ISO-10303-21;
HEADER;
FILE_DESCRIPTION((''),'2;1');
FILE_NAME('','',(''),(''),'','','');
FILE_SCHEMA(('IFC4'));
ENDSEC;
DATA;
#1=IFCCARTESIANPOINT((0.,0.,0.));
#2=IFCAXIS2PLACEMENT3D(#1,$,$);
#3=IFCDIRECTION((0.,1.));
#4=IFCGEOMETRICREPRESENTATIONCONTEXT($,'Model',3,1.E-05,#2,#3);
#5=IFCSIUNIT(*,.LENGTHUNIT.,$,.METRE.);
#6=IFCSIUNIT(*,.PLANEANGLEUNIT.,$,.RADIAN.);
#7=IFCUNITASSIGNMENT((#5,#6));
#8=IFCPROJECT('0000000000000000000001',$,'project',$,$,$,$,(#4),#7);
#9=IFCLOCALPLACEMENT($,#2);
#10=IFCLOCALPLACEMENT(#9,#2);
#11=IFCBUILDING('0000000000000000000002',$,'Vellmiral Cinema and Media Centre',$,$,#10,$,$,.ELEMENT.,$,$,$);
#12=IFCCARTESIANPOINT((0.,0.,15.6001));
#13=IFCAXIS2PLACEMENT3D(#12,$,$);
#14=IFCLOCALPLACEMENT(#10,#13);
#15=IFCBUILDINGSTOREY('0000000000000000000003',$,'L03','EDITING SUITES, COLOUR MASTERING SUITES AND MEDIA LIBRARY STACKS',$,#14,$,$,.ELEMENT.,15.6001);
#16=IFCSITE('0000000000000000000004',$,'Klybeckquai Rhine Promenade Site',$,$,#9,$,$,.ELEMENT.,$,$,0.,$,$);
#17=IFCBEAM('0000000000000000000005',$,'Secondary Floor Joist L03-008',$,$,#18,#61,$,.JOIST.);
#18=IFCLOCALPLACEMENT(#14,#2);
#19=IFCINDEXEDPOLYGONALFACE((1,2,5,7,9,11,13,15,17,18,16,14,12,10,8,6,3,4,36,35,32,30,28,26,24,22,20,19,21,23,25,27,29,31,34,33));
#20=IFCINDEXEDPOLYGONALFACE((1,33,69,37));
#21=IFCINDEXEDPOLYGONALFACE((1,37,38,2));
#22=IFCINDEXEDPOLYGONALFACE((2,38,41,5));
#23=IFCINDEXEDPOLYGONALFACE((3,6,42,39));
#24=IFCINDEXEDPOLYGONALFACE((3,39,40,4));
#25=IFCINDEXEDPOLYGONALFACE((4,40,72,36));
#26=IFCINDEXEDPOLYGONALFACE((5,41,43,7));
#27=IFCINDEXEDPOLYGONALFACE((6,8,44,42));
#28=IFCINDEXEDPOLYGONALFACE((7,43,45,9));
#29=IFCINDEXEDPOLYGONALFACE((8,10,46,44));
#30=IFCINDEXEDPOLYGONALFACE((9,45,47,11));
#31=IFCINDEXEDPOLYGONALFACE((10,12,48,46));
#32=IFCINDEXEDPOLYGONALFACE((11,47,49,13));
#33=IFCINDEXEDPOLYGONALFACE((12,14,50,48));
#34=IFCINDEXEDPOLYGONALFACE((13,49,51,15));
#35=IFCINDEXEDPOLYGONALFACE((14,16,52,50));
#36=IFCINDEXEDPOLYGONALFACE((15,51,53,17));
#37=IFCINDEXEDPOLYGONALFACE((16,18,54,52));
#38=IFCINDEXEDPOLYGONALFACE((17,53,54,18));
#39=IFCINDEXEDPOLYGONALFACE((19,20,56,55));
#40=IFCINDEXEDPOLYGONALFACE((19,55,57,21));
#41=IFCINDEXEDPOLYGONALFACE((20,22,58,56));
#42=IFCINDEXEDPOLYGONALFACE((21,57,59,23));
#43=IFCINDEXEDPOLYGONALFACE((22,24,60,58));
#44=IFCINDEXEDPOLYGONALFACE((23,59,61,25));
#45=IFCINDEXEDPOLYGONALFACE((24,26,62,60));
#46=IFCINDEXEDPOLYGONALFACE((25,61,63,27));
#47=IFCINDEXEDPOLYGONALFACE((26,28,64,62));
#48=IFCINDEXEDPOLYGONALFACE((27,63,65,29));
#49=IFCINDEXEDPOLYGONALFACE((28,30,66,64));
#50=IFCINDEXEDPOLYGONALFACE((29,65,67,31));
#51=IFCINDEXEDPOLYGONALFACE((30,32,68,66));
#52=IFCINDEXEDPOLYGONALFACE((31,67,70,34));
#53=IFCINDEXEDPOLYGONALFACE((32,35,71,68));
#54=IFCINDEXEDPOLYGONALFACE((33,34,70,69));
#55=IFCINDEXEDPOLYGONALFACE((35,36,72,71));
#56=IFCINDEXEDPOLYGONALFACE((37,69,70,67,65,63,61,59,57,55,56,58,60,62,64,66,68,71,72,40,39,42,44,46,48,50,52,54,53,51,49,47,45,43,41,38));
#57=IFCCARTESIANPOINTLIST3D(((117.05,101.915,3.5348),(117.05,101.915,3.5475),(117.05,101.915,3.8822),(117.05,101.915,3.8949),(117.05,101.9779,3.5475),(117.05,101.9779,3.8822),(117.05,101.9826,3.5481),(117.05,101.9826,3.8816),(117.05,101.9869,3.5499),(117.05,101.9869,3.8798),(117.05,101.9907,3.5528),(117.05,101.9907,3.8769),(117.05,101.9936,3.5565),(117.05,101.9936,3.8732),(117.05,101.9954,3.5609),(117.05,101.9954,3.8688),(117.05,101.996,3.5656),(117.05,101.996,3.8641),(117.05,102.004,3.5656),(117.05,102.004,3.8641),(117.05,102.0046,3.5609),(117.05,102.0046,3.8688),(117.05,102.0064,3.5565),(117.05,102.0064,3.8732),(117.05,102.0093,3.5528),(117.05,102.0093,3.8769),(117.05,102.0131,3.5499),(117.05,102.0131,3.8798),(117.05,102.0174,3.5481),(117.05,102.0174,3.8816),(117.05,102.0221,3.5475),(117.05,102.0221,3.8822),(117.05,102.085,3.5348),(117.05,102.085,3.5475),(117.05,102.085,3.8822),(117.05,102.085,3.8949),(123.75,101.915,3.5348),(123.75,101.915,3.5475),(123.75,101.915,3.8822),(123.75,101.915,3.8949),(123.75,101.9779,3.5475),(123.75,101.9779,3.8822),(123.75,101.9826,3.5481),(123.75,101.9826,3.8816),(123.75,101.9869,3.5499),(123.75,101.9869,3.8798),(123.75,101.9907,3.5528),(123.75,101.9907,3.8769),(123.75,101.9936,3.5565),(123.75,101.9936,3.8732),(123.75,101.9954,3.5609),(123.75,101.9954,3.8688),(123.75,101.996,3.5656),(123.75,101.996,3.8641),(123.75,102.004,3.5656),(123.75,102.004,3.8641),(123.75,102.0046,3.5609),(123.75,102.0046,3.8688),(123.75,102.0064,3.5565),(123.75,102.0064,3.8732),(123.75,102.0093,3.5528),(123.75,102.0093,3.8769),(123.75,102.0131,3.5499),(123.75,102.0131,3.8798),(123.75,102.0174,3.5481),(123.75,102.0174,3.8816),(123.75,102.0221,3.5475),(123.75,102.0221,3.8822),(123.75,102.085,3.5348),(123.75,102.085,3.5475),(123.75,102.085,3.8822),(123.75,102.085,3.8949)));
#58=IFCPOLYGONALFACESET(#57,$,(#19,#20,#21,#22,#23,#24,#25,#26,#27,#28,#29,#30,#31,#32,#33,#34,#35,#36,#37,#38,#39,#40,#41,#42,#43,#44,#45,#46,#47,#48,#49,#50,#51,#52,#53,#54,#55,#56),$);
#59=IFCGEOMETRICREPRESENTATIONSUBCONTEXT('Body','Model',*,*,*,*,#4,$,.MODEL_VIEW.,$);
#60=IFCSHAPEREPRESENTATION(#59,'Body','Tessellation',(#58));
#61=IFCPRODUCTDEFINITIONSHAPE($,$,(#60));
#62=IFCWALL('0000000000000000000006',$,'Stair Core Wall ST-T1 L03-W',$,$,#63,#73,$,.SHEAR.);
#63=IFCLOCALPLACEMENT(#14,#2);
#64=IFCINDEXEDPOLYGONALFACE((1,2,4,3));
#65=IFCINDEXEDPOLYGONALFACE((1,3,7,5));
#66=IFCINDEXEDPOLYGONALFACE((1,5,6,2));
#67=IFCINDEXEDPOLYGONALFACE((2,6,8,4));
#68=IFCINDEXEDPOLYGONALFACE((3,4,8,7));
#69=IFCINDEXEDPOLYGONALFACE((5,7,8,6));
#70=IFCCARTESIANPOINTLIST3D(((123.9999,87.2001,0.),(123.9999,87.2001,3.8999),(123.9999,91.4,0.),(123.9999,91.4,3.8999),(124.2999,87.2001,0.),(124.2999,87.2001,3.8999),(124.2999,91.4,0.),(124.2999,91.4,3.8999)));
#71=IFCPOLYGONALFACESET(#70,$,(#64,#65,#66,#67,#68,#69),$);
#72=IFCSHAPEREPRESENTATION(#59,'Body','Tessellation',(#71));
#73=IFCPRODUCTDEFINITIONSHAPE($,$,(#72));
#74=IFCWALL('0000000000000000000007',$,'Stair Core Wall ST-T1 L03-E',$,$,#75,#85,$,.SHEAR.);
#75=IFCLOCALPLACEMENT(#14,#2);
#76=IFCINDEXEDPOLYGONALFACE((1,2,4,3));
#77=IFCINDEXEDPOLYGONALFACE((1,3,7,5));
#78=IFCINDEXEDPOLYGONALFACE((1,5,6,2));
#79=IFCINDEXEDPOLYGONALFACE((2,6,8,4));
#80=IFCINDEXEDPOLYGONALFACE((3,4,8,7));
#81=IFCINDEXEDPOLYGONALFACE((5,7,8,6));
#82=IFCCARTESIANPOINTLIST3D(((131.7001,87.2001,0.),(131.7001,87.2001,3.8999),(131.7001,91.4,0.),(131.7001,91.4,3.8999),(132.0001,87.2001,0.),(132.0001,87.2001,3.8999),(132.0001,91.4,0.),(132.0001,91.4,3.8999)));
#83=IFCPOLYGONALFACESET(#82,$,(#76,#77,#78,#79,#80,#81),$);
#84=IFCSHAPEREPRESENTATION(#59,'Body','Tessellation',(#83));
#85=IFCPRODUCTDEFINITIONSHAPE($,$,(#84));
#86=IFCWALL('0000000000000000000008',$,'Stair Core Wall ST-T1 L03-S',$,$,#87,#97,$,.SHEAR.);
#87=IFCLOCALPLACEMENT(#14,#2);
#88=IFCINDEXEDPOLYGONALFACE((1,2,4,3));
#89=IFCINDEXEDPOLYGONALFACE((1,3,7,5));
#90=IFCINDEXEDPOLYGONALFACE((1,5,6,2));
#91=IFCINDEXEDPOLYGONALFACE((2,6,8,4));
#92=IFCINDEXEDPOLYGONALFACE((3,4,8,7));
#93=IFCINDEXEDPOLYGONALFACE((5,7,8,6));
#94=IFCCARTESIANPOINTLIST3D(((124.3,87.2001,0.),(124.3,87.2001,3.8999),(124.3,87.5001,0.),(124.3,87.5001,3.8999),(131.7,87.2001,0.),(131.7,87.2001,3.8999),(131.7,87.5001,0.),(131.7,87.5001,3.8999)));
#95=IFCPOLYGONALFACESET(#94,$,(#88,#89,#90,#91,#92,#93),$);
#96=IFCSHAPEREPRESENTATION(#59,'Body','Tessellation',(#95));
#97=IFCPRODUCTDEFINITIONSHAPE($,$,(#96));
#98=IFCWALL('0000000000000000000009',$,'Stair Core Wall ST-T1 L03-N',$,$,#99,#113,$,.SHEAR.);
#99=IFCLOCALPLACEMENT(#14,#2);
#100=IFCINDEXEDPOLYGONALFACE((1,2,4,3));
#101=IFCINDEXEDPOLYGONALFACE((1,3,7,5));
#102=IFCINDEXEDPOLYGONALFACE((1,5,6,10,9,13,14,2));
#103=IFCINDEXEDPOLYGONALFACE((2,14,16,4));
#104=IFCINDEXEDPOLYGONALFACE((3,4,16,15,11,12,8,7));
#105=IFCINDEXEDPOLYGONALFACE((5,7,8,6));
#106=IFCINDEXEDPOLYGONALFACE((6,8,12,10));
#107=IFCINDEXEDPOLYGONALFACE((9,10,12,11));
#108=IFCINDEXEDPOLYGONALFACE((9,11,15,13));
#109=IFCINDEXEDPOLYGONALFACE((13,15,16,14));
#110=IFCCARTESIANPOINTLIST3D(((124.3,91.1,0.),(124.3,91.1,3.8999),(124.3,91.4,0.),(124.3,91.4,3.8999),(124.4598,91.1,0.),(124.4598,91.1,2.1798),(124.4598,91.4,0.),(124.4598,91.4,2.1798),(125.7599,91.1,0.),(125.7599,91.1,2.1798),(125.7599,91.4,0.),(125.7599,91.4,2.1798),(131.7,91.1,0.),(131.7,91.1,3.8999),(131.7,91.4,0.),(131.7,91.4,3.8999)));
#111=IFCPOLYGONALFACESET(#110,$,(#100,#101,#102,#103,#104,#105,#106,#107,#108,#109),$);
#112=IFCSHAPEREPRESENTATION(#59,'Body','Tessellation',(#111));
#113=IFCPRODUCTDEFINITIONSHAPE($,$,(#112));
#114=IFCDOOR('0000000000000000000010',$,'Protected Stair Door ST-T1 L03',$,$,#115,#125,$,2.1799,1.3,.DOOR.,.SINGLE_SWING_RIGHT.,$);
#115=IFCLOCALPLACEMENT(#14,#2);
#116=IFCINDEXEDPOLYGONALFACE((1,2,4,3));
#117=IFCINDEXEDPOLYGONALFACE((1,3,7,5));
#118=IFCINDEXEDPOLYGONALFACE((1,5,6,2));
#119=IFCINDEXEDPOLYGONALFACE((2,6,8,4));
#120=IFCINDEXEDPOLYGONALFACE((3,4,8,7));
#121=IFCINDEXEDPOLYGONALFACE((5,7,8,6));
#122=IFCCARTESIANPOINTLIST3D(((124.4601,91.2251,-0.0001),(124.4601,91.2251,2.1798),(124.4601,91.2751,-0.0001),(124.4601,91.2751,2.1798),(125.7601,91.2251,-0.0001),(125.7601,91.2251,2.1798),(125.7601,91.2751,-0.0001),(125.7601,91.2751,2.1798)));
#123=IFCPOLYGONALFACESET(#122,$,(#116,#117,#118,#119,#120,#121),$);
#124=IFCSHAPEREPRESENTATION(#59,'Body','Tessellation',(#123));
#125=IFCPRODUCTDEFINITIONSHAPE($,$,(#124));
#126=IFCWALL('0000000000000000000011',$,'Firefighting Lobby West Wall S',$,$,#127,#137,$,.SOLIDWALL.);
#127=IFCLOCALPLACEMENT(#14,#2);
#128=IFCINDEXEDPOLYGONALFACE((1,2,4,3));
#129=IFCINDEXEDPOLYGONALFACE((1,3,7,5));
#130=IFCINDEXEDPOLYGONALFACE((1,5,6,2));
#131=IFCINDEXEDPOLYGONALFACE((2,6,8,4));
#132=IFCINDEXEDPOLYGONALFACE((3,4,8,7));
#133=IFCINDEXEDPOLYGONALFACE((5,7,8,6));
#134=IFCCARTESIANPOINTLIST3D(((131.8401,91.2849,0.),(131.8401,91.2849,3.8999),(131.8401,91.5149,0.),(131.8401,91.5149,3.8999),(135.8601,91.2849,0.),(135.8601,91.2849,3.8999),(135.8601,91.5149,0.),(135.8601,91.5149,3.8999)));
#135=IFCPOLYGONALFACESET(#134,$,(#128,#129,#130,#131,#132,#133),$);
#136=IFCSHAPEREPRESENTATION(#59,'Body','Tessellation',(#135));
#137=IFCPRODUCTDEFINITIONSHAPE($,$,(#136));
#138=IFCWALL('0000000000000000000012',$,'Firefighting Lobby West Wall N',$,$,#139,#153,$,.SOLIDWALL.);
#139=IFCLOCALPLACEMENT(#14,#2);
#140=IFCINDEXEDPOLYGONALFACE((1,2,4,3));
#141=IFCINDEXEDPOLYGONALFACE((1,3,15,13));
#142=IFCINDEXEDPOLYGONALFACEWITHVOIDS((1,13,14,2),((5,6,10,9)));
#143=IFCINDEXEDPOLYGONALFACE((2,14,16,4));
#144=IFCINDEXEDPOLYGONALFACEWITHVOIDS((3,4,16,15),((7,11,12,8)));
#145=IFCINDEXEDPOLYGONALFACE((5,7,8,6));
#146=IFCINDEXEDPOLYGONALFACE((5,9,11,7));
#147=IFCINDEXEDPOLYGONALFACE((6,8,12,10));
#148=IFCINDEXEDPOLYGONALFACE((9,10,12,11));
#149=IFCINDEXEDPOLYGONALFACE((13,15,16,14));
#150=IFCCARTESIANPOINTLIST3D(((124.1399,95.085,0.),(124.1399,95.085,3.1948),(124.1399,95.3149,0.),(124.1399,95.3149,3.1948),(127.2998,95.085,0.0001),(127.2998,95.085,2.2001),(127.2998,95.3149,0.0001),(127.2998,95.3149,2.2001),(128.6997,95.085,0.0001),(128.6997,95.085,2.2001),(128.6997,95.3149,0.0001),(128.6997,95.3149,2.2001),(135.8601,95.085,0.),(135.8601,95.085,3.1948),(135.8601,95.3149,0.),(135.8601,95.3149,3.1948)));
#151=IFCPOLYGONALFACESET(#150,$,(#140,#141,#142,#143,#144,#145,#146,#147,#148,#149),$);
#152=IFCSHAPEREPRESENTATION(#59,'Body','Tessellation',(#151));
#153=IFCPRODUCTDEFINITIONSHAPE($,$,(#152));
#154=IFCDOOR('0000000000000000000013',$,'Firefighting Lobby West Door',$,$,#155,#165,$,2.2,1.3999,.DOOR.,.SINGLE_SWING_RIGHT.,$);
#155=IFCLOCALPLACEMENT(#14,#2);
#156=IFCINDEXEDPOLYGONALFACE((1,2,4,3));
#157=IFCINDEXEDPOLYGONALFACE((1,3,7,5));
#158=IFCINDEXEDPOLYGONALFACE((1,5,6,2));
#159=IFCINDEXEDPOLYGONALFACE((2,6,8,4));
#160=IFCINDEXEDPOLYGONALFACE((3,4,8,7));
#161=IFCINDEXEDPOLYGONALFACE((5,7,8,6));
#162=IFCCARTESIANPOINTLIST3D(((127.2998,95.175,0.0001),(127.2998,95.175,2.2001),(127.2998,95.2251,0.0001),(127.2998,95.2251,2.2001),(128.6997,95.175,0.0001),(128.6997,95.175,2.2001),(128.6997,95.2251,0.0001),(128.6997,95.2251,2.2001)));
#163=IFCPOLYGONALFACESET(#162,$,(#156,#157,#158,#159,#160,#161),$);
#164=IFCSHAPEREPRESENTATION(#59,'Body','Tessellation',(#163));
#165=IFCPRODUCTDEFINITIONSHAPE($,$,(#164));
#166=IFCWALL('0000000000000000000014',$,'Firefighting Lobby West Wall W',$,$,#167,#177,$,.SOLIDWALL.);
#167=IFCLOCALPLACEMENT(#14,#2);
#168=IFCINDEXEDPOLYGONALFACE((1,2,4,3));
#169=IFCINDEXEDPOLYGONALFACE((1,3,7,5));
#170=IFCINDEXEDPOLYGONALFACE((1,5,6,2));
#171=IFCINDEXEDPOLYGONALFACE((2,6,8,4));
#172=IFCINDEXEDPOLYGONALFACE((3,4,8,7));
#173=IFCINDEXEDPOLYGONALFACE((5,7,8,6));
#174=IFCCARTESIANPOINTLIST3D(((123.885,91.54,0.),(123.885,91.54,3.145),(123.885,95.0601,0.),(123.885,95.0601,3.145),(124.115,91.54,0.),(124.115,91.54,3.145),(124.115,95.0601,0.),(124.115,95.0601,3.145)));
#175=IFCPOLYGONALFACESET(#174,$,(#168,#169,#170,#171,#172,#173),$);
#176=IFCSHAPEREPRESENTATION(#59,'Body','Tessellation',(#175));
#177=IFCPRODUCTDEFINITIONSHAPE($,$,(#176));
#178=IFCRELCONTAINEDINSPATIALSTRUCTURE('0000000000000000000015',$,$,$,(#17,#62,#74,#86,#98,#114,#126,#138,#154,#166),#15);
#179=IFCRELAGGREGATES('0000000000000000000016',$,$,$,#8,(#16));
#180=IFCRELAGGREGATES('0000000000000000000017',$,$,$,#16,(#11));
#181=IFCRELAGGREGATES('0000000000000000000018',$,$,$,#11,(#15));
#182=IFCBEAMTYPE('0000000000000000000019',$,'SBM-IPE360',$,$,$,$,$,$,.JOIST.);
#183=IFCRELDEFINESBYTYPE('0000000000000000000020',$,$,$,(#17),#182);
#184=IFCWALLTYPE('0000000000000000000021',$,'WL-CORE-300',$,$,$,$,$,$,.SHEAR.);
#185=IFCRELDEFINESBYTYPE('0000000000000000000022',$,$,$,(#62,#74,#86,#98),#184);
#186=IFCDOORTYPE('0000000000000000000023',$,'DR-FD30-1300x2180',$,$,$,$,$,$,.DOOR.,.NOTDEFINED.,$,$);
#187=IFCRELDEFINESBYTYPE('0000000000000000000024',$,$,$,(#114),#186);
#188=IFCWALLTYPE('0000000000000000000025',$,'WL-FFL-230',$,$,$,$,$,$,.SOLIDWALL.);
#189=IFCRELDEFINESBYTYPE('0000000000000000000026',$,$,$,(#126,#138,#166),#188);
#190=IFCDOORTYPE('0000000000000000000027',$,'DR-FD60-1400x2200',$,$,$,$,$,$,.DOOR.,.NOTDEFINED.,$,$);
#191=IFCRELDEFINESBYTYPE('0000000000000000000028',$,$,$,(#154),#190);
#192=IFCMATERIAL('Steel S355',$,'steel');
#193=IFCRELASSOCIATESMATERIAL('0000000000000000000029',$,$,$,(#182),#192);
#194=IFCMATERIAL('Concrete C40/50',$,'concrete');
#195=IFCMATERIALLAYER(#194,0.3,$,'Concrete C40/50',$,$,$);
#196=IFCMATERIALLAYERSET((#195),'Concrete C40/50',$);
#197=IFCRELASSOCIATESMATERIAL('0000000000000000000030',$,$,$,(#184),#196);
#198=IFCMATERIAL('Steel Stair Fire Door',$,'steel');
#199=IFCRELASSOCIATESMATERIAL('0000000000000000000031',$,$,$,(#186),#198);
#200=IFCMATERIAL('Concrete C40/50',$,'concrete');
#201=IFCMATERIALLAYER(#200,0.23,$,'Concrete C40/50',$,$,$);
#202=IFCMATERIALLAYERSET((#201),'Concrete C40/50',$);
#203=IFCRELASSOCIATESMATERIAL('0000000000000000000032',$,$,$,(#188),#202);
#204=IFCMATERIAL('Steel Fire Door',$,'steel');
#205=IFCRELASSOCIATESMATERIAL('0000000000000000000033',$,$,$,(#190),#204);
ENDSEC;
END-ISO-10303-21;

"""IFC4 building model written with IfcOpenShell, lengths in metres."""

from ifc_helpers import new_model, si_unit, direction, frame, frame_2d, origin, origin_2d, place, context, subcontext, project, spatial, rectangle, i_section, extrude, material, layer, layer_set, material_profile, profile_set, type_object, element, fill, save


model = new_model("IFC4")

# Units and contexts
model_context = context("Model", 3, precision=1e-05, world=origin(), true_north=direction((0.0, 1.0)))
body_context = subcontext(model_context, "Body", "Model", "MODEL_VIEW")
ifc_project = project(units=[si_unit("LENGTHUNIT", "METRE"), si_unit("PLANEANGLEUNIT", "RADIAN")], contexts=[model_context])

# Site, building, storey
site_placement = place(None, origin())
site = spatial("IfcSite", under=ifc_project, at=site_placement, Name="Klybeckquai Rhine Promenade Site", CompositionType="ELEMENT", RefElevation=0.0)
building_placement = place(site_placement, origin())
building = spatial("IfcBuilding", under=site, at=building_placement, Name="Vellmiral Cinema and Media Centre", CompositionType="ELEMENT")
storey_placement = place(building_placement, frame((0.0, 0.0, 15.6001)))
storey = spatial("IfcBuildingStorey", under=building, at=storey_placement, Name="L03", Description="EDITING SUITES, COLOUR MASTERING SUITES AND MEDIA LIBRARY STACKS", CompositionType="ELEMENT", Elevation=15.6001)

# Beam
ifc_material_1 = material(Name="Steel S355", Category="steel")
ifc_material_profile_1 = material_profile(ifc_material_1, i_section(OverallWidth=0.1699, OverallDepth=0.3601, WebThickness=0.0081, FlangeThickness=0.0127, FilletRadius=0.0181, at=origin_2d()), Name="IPE 360")
ifc_profile_set_1 = profile_set([ifc_material_profile_1], Name="Steel S355")
beam_type_1 = type_object("IfcBeamType", Name="SBM-IPE360", PredefinedType="JOIST", material=ifc_profile_set_1)
beam_1_placement = place(storey_placement, frame((117.05, 102.0, 3.7148), z_axis=(1.0, 0.0, 0.0), x_axis=(0.0, 1.0, 0.0)))
element("IfcBeam", 1, at=beam_1_placement, inside=storey, type_object=beam_type_1, Name="Secondary Floor Joist L03-008", PredefinedType="JOIST", context=body_context, shape_type="SweptSolid", body=[
    extrude(i_section(OverallWidth=0.1699, OverallDepth=0.3601, WebThickness=0.0081, FlangeThickness=0.0127, FilletRadius=0.0181, at=origin_2d()), origin(), (0.0, 0.0, 1.0), 6.7),
])

# Walls
ifc_material_2 = material(Name="Concrete C40/50", Category="concrete")
ifc_layer_1 = layer(ifc_material_2, 0.3, Name="Concrete C40/50")
ifc_layer_set_1 = layer_set([ifc_layer_1], Name="Concrete C40/50")
wall_type_1 = type_object("IfcWallType", Name="WL-CORE-300", PredefinedType="SHEAR", material=ifc_layer_set_1)
for number, where, z_axis, x_axis, name in (
    (2, (124.1499, 87.2, 0.0), (0.0, 0.0, 1.0), (0.0, 1.0, 0.0), "Stair Core Wall ST-T1 L03-W"),
    (3, (131.8501, 87.2, 0.0), (0.0, 0.0, 1.0), (0.0, 1.0, 0.0), "Stair Core Wall ST-T1 L03-E"),
):
    element("IfcWall", number, at=place(storey_placement, frame(where, z_axis=z_axis, x_axis=x_axis)), inside=storey, type_object=wall_type_1, Name=name, PredefinedType="SHEAR", context=body_context, shape_type="SweptSolid", body=[
        extrude(rectangle(XDim=4.2, YDim=0.3, at=frame_2d((2.1001, 0.0))), origin(), (0.0, 0.0, 1.0), 3.8999),
    ])
wall_1_placement = place(storey_placement, frame((124.3, 87.3501, 0.0), z_axis=(0.0, 0.0, 1.0), x_axis=(1.0, 0.0, 0.0)))
element("IfcWall", 4, at=wall_1_placement, inside=storey, type_object=wall_type_1, Name="Stair Core Wall ST-T1 L03-S", PredefinedType="SHEAR", context=body_context, shape_type="SweptSolid", body=[
    extrude(rectangle(XDim=7.3999, YDim=0.3, at=frame_2d((3.7, 0.0))), origin(), (0.0, 0.0, 1.0), 3.8999),
])

# Wall, opening, door
wall_2_placement = place(storey_placement, frame((124.3, 91.25, 0.0), z_axis=(0.0, 0.0, 1.0), x_axis=(1.0, 0.0, 0.0)))
wall_2 = element("IfcWall", 5, at=wall_2_placement, inside=storey, type_object=wall_type_1, Name="Stair Core Wall ST-T1 L03-N", PredefinedType="SHEAR", context=body_context, shape_type="SweptSolid", body=[
    extrude(rectangle(XDim=7.3999, YDim=0.3, at=frame_2d((3.7, 0.0))), origin(), (0.0, 0.0, 1.0), 3.8999),
])
opening_1_placement = place(wall_2_placement, frame((0.1599, 0.0, 0.0)))
opening_1 = element("IfcOpeningElement", 6, at=opening_1_placement, cuts=wall_2, PredefinedType="OPENING", context=body_context, shape_type="SweptSolid", body=[
    extrude(rectangle(XDim=1.3, YDim=2.1799, at=frame_2d((0.6499, 1.0898))), frame((0.0, 0.1621, 0.0), z_axis=(0.0, -1.0, 0.0), x_axis=(1.0, 0.0, 0.0)), (0.0, 0.0, 1.0), 0.324),
])
ifc_material_3 = material(Name="Steel Stair Fire Door", Category="steel")
door_type_1 = type_object("IfcDoorType", Name="DR-FD30-1300x2180", OperationType="NOTDEFINED", PredefinedType="DOOR", material=ifc_material_3)
door_1_placement = place(opening_1_placement, frame((1.3, 0.0, 0.0), z_axis=(0.0, 0.0, 1.0), x_axis=(-1.0, 0.0, 0.0)))
door_1 = element("IfcDoor", 7, at=door_1_placement, inside=storey, type_object=door_type_1, Name="Protected Stair Door ST-T1 L03", OperationType="SINGLE_SWING_RIGHT", OverallHeight=2.1799, OverallWidth=1.3, PredefinedType="DOOR", context=body_context, shape_type="SweptSolid", body=[
    extrude(rectangle(XDim=1.3, YDim=2.1799, at=frame_2d((0.6499, 1.0898))), frame((0.0, 0.0249, 0.0), z_axis=(0.0, -1.0, 0.0), x_axis=(1.0, 0.0, 0.0)), (0.0, 0.0, 1.0), 0.05),
])
fill(opening_1, door_1)

# Wall
ifc_material_4 = material(Name="Concrete C40/50", Category="concrete")
ifc_layer_2 = layer(ifc_material_4, 0.23, Name="Concrete C40/50")
ifc_layer_set_2 = layer_set([ifc_layer_2], Name="Concrete C40/50")
wall_type_2 = type_object("IfcWallType", Name="WL-FFL-230", PredefinedType="SOLIDWALL", material=ifc_layer_set_2)
wall_3_placement = place(storey_placement, frame((131.8401, 91.3999, 0.0), z_axis=(0.0, 0.0, 1.0), x_axis=(1.0, 0.0, 0.0)))
element("IfcWall", 8, at=wall_3_placement, inside=storey, type_object=wall_type_2, Name="Firefighting Lobby West Wall S", PredefinedType="SOLIDWALL", context=body_context, shape_type="SweptSolid", body=[
    extrude(rectangle(XDim=4.02, YDim=0.23, at=frame_2d((2.01, 0.0))), origin(), (0.0, 0.0, 1.0), 3.8999),
])

# Wall, opening, door
wall_4_placement = place(storey_placement, frame((124.1399, 95.2, 0.0), z_axis=(0.0, 0.0, 1.0), x_axis=(1.0, 0.0, 0.0)))
wall_4 = element("IfcWall", 9, at=wall_4_placement, inside=storey, type_object=wall_type_2, Name="Firefighting Lobby West Wall N", PredefinedType="SOLIDWALL", context=body_context, shape_type="SweptSolid", body=[
    extrude(rectangle(XDim=11.7202, YDim=0.23, at=frame_2d((5.8601, 0.0))), origin(), (0.0, 0.0, 1.0), 3.1948),
])
opening_2_placement = place(wall_4_placement, frame((3.1599, 0.0, 0.0)))
opening_2 = element("IfcOpeningElement", 10, at=opening_2_placement, cuts=wall_4, PredefinedType="OPENING", context=body_context, shape_type="SweptSolid", body=[
    extrude(rectangle(XDim=1.3999, YDim=2.2, at=frame_2d((0.7, 1.1001))), frame((0.0, 0.127, 0.0), z_axis=(0.0, -1.0, 0.0), x_axis=(1.0, 0.0, 0.0)), (0.0, 0.0, 1.0), 0.2539),
])
ifc_material_5 = material(Name="Steel Fire Door", Category="steel")
door_type_2 = type_object("IfcDoorType", Name="DR-FD60-1400x2200", OperationType="NOTDEFINED", PredefinedType="DOOR", material=ifc_material_5)
door_2_placement = place(opening_2_placement, frame((1.3999, 0.0, 0.0), z_axis=(0.0, 0.0, 1.0), x_axis=(-1.0, 0.0, 0.0)))
door_2 = element("IfcDoor", 11, at=door_2_placement, inside=storey, type_object=door_type_2, Name="Firefighting Lobby West Door", OperationType="SINGLE_SWING_RIGHT", OverallHeight=2.2, OverallWidth=1.3999, PredefinedType="DOOR", context=body_context, shape_type="SweptSolid", body=[
    extrude(rectangle(XDim=1.3999, YDim=2.2, at=frame_2d((0.7, 1.1001))), frame((0.0, 0.0249, 0.0), z_axis=(0.0, -1.0, 0.0), x_axis=(1.0, 0.0, 0.0)), (0.0, 0.0, 1.0), 0.05),
])
fill(opening_2, door_2)

# Wall
wall_5_placement = place(storey_placement, frame((124.0, 91.54, 0.0), z_axis=(0.0, 0.0, 1.0), x_axis=(0.0, 1.0, 0.0)))
element("IfcWall", 12, at=wall_5_placement, inside=storey, type_object=wall_type_2, Name="Firefighting Lobby West Wall W", PredefinedType="SOLIDWALL", context=body_context, shape_type="SweptSolid", body=[
    extrude(rectangle(XDim=3.52, YDim=0.23, at=frame_2d((1.76, 0.0))), origin(), (0.0, 0.0, 1.0), 3.145),
])

save(model, "model.ifc")
